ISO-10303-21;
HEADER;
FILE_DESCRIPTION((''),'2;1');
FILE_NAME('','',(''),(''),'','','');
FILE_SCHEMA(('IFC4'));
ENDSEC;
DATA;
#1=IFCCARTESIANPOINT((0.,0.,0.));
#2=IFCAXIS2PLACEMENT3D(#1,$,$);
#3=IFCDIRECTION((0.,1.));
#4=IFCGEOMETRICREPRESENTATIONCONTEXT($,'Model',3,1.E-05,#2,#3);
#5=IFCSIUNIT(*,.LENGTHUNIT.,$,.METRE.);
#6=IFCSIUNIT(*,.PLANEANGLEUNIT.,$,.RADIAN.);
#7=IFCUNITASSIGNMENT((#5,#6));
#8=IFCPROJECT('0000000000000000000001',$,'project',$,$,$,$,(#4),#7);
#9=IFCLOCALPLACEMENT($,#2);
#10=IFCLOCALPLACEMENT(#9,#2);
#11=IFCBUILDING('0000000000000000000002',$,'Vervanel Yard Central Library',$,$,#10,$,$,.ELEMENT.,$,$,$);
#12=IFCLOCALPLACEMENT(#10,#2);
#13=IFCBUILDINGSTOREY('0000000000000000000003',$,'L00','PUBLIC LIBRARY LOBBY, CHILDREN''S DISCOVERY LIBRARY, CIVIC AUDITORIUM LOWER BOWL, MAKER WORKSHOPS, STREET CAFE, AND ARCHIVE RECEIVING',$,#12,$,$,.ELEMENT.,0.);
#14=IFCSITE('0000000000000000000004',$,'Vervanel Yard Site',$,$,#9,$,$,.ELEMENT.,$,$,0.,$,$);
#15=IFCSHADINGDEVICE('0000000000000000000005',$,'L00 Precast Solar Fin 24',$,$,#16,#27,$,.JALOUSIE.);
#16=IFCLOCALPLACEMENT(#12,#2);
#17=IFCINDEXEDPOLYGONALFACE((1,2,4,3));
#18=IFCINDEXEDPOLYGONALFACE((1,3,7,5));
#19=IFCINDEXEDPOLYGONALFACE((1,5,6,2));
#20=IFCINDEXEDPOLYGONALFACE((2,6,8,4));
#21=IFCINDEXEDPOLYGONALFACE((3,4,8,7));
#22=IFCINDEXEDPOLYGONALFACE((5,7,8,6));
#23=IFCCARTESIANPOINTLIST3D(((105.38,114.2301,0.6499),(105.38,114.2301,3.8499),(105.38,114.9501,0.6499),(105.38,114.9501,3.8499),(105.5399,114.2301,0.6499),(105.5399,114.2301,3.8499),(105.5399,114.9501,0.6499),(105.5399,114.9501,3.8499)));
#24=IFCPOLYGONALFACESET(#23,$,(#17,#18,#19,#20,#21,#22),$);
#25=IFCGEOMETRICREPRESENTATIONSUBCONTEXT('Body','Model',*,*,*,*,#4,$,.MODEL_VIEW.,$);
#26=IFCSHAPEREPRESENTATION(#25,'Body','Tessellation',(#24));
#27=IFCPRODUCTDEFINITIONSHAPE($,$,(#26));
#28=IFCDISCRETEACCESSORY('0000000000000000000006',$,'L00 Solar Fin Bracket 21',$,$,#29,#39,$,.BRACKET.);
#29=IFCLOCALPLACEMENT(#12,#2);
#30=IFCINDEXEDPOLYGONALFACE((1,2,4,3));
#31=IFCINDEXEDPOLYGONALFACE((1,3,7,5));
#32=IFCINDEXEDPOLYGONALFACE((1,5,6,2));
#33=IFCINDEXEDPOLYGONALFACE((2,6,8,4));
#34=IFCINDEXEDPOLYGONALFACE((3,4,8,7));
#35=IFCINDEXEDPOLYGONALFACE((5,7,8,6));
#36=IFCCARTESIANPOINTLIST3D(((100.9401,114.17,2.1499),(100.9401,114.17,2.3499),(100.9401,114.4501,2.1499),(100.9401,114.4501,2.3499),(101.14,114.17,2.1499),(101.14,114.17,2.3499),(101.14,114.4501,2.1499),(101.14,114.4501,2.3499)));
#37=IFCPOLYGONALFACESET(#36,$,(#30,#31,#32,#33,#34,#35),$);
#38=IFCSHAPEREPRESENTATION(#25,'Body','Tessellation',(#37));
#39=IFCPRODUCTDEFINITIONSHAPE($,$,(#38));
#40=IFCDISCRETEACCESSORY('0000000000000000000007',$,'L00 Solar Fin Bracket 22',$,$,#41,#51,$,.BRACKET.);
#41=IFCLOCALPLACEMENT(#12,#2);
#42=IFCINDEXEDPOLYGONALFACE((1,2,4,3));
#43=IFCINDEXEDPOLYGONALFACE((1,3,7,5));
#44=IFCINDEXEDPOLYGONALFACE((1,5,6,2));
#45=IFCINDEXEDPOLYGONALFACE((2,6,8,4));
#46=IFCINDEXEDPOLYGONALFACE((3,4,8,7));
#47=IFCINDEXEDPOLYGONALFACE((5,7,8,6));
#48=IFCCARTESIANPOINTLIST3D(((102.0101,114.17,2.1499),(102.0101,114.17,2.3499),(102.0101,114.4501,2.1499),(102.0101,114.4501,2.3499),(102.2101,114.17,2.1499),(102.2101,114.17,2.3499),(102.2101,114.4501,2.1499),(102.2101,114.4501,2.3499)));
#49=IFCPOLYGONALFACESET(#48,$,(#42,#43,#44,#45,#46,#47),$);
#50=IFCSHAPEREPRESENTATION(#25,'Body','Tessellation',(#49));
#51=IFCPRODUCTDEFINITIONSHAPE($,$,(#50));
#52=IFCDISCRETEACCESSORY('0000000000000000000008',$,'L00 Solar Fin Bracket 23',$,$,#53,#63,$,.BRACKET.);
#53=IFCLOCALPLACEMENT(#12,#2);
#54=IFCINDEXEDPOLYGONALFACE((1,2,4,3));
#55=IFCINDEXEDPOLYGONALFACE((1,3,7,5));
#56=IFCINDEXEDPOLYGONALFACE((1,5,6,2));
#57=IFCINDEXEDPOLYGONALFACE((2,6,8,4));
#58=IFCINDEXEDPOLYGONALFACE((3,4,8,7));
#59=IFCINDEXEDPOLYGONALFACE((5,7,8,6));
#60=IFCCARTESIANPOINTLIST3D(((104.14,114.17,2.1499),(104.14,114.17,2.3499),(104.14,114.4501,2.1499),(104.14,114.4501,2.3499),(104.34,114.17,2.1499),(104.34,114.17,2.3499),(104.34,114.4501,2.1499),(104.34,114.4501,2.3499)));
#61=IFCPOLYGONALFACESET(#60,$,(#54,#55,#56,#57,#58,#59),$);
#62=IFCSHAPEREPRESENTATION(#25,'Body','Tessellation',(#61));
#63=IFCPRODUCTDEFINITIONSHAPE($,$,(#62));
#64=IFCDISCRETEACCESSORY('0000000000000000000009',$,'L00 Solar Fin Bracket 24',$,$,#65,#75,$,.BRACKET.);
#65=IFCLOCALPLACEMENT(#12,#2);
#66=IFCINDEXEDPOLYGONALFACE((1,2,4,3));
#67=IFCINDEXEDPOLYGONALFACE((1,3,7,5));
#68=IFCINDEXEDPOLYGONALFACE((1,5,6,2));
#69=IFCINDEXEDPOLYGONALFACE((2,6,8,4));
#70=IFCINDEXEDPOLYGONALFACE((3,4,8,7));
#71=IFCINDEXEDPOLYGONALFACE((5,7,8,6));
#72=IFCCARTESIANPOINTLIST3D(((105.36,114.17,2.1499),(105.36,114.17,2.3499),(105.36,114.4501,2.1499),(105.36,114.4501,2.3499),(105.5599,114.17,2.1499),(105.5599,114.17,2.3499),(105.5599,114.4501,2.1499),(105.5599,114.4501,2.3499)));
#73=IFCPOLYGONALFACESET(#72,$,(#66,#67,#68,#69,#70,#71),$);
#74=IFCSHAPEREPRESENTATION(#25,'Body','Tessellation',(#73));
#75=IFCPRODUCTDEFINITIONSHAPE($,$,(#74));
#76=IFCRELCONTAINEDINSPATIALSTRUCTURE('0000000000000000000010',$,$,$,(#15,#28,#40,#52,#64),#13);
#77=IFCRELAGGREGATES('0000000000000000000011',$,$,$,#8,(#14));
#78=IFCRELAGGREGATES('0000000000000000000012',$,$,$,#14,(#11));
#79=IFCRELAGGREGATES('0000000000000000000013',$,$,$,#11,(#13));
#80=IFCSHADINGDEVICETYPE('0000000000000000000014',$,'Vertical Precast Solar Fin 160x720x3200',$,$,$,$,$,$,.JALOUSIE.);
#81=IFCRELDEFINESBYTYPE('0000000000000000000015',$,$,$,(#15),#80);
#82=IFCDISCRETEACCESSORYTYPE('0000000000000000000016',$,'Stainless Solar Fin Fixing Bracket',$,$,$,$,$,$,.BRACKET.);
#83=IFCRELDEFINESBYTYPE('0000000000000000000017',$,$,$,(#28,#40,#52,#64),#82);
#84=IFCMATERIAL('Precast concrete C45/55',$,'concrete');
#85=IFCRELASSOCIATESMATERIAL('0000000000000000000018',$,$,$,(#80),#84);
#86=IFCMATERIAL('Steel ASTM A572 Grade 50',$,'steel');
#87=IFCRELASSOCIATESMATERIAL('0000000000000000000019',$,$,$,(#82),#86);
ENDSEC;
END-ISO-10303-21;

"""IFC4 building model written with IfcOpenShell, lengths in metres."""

from ifc_helpers import new_model, si_unit, direction, frame, origin, origin_2d, place, context, subcontext, project, spatial, rectangle, extrude, material, type_object, element, save


model = new_model("IFC4")

# Units and contexts
model_context = context("Model", 3, precision=1e-05, world=origin(), true_north=direction((0.0, 1.0)))
body_context = subcontext(model_context, "Body", "Model", "MODEL_VIEW")
ifc_project = project(units=[si_unit("LENGTHUNIT", "METRE"), si_unit("PLANEANGLEUNIT", "RADIAN")], contexts=[model_context])

# Site, building, storey
site_placement = place(None, origin())
site = spatial("IfcSite", under=ifc_project, at=site_placement, Name="Vervanel Yard Site", CompositionType="ELEMENT", RefElevation=0.0)
building_placement = place(site_placement, origin())
building = spatial("IfcBuilding", under=site, at=building_placement, Name="Vervanel Yard Central Library", CompositionType="ELEMENT")
storey_placement = place(building_placement, origin())
storey = spatial("IfcBuildingStorey", under=building, at=storey_placement, Name="L00", Description="PUBLIC LIBRARY LOBBY, CHILDREN'S DISCOVERY LIBRARY, CIVIC AUDITORIUM LOWER BOWL, MAKER WORKSHOPS, STREET CAFE, AND ARCHIVE RECEIVING", CompositionType="ELEMENT", Elevation=0.0)

# Shared definitions
ifc_material_1 = material(Name="Precast concrete C45/55", Category="concrete")

# Shading device
shading_device_type = type_object("IfcShadingDeviceType", Name="Vertical Precast Solar Fin 160x720x3200", PredefinedType="JALOUSIE", material=ifc_material_1)
for number, where, z_axis, x_axis, name in (
    (1, (105.46, 114.5901, 0.6499), (0.0, 0.0, 1.0), (1.0, 0.0, 0.0), "L00 Precast Solar Fin 24"),
):
    element("IfcShadingDevice", number, at=place(storey_placement, frame(where, z_axis=z_axis, x_axis=x_axis)), inside=storey, type_object=shading_device_type, Name=name, PredefinedType="JALOUSIE", context=body_context, shape_type="SweptSolid", body=[
        extrude(rectangle(XDim=0.1599, YDim=0.72, at=origin_2d()), origin(), (0.0, 0.0, 1.0), 3.2),
    ])

# Discrete accessories
ifc_material_2 = material(Name="Steel ASTM A572 Grade 50", Category="steel")
discrete_accessory_type = type_object("IfcDiscreteAccessoryType", Name="Stainless Solar Fin Fixing Bracket", PredefinedType="BRACKET", material=ifc_material_2)
for number, where, z_axis, x_axis, name in (
    (2, (101.04, 114.3101, 2.1499), (0.0, 0.0, 1.0), (1.0, 0.0, 0.0), "L00 Solar Fin Bracket 21"),
    (3, (102.1101, 114.3101, 2.1499), (0.0, 0.0, 1.0), (1.0, 0.0, 0.0), "L00 Solar Fin Bracket 22"),
    (4, (104.24, 114.3101, 2.1499), (0.0, 0.0, 1.0), (1.0, 0.0, 0.0), "L00 Solar Fin Bracket 23"),
    (5, (105.46, 114.3101, 2.1499), (0.0, 0.0, 1.0), (1.0, 0.0, 0.0), "L00 Solar Fin Bracket 24"),
):
    element("IfcDiscreteAccessory", number, at=place(storey_placement, frame(where, z_axis=z_axis, x_axis=x_axis)), inside=storey, type_object=discrete_accessory_type, Name=name, PredefinedType="BRACKET", context=body_context, shape_type="SweptSolid", body=[
        extrude(rectangle(XDim=0.2, YDim=0.28, at=origin_2d()), origin(), (0.0, 0.0, 1.0), 0.2),
    ])

save(model, "model.ifc")
